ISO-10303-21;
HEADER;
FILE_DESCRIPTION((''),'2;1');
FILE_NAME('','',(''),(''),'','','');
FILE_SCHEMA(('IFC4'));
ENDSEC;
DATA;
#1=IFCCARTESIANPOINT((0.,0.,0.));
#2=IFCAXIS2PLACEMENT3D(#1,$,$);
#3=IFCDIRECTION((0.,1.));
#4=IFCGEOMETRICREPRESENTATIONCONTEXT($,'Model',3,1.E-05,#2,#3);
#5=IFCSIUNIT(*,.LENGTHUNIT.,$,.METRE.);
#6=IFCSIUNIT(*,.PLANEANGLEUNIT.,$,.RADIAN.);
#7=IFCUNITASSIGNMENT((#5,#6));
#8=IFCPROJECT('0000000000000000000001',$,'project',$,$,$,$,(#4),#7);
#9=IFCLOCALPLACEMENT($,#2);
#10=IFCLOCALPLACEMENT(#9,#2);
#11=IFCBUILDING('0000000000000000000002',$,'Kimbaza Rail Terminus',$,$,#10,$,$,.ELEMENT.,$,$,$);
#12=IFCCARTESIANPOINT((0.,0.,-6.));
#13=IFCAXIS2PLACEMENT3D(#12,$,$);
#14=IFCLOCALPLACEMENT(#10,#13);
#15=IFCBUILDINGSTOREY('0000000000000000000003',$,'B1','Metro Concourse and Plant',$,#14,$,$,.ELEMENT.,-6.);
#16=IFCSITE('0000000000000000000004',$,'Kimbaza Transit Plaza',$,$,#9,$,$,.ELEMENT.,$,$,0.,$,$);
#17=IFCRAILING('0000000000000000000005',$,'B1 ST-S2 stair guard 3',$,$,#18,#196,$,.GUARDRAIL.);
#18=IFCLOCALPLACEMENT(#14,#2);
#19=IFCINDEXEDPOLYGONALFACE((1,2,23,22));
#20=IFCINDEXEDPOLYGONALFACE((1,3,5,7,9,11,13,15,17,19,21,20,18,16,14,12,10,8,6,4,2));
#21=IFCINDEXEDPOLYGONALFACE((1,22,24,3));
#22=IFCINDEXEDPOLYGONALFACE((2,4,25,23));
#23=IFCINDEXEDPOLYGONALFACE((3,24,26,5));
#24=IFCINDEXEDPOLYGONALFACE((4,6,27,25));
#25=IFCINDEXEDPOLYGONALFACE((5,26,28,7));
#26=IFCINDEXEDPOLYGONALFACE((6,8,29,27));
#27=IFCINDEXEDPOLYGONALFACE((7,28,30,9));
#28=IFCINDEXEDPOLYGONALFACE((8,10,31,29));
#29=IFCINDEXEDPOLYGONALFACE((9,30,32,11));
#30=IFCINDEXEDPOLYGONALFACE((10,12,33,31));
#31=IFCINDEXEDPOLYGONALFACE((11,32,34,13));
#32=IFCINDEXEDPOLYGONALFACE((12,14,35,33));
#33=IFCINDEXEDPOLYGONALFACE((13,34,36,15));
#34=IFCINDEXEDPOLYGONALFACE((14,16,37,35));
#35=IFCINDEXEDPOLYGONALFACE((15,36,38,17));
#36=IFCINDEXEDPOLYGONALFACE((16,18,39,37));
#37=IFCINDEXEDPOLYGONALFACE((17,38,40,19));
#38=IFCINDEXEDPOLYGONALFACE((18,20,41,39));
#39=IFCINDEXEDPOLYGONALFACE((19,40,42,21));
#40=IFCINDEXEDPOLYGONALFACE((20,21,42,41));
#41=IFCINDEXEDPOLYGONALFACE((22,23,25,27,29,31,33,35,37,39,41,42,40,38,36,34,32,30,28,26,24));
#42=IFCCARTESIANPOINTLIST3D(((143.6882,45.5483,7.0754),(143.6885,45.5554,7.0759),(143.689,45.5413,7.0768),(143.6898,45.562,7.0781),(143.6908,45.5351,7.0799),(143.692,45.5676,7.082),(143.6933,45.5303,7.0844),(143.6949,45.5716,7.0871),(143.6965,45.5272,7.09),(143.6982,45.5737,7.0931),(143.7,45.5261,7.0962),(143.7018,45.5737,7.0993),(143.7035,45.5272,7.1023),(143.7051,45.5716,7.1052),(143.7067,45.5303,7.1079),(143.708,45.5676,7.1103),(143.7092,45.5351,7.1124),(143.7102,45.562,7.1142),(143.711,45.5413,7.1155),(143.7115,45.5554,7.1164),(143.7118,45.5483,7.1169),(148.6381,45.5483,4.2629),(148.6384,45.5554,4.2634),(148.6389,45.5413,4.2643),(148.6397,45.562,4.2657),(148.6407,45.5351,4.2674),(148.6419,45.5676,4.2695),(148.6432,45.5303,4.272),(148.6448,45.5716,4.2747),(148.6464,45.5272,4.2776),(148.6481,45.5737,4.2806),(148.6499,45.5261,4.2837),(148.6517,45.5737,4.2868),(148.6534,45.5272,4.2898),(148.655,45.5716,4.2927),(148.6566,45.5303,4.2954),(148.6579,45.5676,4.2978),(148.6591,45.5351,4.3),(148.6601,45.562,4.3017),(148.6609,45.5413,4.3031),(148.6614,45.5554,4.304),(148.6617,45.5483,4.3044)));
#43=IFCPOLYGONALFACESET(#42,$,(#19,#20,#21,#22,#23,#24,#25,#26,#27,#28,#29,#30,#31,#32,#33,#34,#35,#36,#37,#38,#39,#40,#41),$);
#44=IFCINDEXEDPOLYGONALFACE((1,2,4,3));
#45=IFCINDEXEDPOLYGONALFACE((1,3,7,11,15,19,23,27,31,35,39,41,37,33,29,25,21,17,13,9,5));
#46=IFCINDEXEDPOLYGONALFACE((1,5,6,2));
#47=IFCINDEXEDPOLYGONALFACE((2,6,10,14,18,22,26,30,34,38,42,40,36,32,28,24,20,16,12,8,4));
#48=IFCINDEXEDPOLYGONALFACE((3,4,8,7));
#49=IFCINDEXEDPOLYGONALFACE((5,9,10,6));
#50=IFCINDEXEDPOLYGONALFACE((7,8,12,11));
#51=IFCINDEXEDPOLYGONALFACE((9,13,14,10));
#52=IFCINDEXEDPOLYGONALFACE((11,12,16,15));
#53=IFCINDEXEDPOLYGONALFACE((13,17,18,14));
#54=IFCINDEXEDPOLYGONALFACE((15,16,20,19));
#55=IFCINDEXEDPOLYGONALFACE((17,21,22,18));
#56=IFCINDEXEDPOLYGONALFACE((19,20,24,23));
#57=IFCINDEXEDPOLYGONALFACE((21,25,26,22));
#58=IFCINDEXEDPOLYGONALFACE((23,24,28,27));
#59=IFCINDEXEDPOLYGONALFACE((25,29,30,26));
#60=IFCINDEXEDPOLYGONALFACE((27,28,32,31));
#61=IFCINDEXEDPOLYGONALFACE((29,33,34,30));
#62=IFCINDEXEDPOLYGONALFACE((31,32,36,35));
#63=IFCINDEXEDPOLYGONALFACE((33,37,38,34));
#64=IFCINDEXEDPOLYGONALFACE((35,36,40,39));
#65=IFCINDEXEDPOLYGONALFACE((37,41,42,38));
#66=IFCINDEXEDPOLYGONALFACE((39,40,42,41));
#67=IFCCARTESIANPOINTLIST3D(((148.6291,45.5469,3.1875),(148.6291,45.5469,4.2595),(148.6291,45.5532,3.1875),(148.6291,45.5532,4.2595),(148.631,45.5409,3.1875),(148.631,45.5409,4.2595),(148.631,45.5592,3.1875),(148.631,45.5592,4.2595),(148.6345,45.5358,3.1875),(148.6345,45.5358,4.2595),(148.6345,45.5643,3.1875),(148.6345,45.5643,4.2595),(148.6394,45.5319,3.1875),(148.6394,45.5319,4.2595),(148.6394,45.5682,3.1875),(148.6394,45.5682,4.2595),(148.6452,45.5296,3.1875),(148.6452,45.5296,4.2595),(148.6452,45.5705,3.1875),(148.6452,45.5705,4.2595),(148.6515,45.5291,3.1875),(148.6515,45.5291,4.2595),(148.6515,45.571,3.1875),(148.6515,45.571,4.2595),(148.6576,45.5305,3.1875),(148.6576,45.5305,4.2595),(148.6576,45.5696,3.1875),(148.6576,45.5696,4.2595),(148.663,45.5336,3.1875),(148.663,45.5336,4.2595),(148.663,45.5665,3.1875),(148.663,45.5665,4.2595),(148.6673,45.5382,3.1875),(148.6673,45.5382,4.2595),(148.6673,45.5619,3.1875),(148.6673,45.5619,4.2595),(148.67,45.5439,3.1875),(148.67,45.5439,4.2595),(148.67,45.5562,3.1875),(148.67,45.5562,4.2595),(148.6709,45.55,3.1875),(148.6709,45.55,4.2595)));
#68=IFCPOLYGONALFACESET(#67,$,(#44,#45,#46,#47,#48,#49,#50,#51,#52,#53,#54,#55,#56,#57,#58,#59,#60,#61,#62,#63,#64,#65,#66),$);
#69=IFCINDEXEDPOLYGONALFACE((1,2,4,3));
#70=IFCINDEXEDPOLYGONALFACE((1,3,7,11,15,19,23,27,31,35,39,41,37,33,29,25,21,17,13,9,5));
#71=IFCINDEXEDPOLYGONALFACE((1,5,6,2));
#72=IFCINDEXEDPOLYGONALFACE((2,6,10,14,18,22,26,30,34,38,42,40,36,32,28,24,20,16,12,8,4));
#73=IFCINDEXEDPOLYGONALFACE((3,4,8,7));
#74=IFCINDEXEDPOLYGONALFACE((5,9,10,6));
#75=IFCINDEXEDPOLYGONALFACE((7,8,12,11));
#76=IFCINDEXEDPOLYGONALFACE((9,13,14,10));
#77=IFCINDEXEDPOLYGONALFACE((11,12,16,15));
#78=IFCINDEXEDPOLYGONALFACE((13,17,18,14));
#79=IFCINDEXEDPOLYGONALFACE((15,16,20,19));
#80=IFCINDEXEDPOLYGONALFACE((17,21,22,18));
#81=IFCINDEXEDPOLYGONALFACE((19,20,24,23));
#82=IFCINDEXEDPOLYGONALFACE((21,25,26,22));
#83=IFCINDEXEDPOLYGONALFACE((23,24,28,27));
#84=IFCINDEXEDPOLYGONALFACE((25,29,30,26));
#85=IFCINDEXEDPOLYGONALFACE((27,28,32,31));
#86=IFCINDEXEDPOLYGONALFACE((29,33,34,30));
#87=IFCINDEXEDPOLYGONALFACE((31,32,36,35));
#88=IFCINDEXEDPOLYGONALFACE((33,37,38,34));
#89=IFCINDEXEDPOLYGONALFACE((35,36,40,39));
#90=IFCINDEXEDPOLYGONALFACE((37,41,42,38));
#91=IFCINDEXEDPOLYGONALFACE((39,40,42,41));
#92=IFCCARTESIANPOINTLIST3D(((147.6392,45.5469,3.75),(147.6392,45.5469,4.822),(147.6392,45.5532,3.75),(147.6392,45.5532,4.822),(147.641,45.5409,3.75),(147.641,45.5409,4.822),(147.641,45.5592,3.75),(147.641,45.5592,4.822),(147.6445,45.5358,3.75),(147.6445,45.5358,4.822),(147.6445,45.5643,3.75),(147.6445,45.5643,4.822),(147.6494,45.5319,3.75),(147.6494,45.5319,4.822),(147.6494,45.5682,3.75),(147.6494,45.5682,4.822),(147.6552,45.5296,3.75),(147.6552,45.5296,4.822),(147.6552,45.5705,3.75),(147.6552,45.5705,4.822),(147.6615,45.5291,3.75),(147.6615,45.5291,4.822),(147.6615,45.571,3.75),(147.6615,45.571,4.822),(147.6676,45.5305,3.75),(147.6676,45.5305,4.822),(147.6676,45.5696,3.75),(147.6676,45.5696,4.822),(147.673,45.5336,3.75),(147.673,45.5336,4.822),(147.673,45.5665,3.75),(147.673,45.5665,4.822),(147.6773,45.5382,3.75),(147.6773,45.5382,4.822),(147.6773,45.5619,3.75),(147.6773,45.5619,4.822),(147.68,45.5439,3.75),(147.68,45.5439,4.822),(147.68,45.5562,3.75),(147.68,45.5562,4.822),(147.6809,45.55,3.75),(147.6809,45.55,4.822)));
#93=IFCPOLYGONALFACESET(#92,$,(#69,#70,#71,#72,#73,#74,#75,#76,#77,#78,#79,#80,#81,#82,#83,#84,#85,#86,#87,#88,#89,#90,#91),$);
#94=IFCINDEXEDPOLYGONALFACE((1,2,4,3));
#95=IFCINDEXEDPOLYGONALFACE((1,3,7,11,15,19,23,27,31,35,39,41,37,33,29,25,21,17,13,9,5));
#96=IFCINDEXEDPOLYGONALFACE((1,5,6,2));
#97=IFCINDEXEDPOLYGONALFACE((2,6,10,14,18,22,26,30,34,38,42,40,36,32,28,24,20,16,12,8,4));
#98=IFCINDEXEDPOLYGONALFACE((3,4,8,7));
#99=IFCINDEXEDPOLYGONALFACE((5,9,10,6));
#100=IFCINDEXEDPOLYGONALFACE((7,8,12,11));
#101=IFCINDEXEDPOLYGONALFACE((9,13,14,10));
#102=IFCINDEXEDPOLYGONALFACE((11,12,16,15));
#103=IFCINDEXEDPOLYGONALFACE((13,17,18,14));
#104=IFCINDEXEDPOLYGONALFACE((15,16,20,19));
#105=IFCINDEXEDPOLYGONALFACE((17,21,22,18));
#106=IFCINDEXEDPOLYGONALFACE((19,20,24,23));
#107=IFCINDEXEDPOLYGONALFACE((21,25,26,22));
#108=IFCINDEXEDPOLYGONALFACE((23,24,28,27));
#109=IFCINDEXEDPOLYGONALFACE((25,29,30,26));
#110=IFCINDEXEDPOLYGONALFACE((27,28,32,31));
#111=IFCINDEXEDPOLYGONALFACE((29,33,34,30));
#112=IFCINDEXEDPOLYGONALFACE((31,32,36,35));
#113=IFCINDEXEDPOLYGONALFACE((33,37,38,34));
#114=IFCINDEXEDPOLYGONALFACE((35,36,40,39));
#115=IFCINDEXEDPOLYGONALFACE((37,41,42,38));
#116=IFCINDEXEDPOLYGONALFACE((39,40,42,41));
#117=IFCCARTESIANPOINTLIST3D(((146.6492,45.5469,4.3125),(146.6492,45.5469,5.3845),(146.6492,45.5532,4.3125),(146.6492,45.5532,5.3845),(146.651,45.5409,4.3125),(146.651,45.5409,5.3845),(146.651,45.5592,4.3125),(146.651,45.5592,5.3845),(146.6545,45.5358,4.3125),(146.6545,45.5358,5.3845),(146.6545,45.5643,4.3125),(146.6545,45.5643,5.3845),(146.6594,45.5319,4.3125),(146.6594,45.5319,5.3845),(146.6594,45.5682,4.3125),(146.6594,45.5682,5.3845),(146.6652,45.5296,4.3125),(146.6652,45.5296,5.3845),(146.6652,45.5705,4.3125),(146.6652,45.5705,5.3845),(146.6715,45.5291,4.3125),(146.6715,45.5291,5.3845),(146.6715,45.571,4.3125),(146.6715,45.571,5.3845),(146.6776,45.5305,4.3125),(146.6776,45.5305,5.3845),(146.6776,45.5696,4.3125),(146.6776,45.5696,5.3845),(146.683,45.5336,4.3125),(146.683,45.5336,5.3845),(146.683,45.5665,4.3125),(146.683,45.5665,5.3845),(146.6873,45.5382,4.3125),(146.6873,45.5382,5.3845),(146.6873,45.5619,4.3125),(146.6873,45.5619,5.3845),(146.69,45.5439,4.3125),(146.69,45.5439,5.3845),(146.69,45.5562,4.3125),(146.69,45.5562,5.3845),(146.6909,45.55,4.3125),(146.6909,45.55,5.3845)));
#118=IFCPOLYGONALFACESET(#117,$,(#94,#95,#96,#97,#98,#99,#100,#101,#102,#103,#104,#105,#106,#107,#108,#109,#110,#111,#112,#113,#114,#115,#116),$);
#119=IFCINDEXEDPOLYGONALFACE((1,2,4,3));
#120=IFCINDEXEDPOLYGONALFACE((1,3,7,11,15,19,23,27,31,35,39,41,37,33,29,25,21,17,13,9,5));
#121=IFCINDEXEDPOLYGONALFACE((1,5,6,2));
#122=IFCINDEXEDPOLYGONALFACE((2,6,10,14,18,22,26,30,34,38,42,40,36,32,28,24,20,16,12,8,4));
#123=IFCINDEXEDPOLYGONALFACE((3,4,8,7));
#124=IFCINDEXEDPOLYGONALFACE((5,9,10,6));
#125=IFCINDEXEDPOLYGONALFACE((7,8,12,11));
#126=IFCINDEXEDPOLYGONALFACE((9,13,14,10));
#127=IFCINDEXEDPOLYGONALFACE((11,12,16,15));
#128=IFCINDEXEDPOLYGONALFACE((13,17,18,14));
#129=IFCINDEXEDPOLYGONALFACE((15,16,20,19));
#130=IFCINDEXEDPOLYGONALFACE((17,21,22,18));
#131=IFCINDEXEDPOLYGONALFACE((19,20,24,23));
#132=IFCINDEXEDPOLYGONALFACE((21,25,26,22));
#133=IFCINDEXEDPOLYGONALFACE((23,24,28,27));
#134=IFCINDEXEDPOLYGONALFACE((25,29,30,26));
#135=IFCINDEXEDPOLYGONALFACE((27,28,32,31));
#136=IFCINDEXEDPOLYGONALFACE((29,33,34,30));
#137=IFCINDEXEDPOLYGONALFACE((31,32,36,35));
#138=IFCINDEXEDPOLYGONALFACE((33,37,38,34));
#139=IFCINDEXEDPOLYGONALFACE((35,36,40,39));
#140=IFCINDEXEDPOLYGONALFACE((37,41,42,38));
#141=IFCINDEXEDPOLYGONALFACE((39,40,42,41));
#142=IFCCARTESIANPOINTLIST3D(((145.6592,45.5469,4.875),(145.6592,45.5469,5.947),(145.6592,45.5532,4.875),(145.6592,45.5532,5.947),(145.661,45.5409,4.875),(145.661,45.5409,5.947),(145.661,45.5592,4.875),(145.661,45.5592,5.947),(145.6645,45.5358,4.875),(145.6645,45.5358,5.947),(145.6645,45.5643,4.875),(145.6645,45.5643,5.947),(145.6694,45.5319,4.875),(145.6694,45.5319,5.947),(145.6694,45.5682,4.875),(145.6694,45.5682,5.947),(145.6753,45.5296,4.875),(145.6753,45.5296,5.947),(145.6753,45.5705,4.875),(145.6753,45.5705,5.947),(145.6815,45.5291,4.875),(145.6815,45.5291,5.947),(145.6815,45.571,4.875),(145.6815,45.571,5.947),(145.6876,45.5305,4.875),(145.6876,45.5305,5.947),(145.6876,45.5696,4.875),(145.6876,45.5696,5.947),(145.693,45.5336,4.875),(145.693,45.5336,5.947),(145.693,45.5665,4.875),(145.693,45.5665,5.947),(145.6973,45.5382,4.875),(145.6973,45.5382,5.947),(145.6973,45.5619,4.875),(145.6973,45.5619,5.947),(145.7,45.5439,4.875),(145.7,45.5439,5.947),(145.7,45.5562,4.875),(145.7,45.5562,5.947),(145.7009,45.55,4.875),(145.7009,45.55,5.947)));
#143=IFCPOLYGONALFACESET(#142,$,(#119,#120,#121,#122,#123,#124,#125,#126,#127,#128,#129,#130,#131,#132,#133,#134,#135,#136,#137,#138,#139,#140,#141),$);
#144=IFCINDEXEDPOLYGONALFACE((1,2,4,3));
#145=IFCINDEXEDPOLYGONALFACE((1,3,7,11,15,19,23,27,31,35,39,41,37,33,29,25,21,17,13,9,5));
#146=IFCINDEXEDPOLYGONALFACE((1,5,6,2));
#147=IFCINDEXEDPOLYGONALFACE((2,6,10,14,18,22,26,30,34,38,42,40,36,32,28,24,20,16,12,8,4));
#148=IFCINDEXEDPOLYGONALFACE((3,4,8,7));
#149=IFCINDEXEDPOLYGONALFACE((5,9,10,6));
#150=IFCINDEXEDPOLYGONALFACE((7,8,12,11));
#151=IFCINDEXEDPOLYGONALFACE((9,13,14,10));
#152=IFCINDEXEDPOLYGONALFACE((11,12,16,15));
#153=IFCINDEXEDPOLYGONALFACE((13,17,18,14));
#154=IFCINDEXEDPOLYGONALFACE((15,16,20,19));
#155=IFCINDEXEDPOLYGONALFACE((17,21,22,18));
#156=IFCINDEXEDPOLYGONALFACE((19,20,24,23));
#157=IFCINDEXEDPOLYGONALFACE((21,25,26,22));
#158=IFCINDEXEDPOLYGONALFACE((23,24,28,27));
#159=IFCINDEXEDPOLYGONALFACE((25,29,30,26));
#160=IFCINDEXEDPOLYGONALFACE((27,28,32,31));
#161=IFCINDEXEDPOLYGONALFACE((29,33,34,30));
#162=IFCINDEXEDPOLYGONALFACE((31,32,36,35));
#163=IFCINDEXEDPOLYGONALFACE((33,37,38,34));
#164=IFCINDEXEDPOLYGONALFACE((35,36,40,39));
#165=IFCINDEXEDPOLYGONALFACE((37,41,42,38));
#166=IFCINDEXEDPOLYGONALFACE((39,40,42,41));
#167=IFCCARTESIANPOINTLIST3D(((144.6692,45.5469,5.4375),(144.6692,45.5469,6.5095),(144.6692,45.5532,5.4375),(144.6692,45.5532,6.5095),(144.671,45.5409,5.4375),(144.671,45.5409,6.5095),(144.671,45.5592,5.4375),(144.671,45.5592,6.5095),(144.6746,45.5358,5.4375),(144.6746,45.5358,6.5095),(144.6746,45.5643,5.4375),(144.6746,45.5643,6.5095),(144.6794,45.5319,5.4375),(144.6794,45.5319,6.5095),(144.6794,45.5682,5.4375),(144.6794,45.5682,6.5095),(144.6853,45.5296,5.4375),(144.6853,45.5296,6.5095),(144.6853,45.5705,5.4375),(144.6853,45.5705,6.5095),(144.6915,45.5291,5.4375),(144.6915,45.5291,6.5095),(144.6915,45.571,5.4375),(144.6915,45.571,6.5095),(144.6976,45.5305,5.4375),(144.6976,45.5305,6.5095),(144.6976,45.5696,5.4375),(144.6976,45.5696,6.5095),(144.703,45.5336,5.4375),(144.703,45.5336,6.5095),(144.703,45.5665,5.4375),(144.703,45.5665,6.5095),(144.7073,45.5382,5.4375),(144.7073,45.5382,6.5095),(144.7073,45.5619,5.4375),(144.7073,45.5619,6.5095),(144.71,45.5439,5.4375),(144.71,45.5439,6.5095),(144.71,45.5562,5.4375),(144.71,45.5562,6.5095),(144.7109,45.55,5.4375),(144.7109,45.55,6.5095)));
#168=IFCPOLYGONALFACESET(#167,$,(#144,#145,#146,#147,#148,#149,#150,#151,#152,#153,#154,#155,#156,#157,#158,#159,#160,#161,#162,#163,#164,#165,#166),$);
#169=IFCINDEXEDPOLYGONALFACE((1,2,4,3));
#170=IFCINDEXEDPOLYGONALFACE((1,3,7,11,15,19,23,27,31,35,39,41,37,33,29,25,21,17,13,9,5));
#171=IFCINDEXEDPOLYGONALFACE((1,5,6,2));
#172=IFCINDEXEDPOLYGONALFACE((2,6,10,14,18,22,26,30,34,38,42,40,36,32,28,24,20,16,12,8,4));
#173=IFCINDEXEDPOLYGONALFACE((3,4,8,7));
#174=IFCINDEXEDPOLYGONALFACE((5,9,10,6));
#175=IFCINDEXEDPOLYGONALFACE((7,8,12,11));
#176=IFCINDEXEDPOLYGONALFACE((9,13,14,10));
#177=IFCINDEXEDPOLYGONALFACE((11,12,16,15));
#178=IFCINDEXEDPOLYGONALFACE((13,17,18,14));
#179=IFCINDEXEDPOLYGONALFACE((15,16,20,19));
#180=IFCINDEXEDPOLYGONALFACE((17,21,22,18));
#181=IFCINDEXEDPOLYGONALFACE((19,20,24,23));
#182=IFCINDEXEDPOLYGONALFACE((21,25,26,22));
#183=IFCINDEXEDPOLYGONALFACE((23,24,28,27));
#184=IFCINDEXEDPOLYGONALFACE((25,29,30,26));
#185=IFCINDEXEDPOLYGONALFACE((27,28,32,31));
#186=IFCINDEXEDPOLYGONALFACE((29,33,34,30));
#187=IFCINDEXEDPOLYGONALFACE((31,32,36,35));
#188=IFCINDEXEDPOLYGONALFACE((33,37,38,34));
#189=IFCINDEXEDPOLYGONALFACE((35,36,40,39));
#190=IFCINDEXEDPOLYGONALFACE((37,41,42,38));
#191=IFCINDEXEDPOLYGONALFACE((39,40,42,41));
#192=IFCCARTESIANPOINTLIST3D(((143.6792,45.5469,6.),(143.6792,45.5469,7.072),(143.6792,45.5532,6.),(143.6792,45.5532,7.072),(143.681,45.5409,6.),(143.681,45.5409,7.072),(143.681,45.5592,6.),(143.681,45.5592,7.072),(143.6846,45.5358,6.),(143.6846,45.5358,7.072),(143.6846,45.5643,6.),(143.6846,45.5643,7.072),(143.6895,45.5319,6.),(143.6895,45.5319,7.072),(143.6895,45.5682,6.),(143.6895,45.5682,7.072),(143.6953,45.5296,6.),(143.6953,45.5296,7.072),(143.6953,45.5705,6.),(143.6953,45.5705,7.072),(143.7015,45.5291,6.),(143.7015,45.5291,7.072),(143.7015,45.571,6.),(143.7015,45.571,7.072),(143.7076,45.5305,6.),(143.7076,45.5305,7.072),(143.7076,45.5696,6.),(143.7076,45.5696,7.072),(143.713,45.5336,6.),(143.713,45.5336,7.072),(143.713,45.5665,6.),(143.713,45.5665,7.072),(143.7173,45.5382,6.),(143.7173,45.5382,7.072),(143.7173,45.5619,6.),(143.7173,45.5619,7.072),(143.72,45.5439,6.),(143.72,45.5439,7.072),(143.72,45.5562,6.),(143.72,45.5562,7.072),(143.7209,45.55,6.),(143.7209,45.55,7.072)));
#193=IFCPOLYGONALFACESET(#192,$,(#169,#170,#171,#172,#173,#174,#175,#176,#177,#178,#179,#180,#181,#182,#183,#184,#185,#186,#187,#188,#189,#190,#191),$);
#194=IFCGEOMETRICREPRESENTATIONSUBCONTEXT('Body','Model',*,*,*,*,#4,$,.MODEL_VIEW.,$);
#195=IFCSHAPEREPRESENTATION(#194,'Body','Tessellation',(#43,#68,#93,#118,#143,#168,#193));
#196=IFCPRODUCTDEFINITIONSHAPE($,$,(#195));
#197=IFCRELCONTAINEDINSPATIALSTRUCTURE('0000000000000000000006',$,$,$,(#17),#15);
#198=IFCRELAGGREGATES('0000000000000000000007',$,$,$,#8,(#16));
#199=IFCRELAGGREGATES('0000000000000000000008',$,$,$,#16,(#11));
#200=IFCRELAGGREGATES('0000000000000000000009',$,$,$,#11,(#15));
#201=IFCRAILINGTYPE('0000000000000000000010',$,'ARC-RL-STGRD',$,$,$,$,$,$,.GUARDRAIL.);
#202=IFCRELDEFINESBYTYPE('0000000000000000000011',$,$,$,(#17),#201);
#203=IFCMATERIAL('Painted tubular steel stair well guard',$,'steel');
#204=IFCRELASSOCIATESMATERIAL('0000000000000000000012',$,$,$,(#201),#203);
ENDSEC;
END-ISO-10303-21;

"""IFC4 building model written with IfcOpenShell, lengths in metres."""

from ifc_helpers import new_model, si_unit, direction, frame, origin, origin_2d, place, context, subcontext, project, spatial, circle, extrude, material, type_object, element, save


model = new_model("IFC4")

# Units and contexts
model_context = context("Model", 3, precision=1e-05, world=origin(), true_north=direction((0.0, 1.0)))
body_context = subcontext(model_context, "Body", "Model", "MODEL_VIEW")
ifc_project = project(units=[si_unit("LENGTHUNIT", "METRE"), si_unit("PLANEANGLEUNIT", "RADIAN")], contexts=[model_context])

# Site, building, storey
site_placement = place(None, origin())
site = spatial("IfcSite", under=ifc_project, at=site_placement, Name="Kimbaza Transit Plaza", CompositionType="ELEMENT", RefElevation=0.0)
building_placement = place(site_placement, origin())
building = spatial("IfcBuilding", under=site, at=building_placement, Name="Kimbaza Rail Terminus", CompositionType="ELEMENT")
storey_placement = place(building_placement, frame((0.0, 0.0, -6.0)))
storey = spatial("IfcBuildingStorey", under=building, at=storey_placement, Name="B1", Description="Metro Concourse and Plant", CompositionType="ELEMENT", Elevation=-6.0)

# Railing
ifc_material_1 = material(Name="Painted tubular steel stair well guard", Category="steel")
railing_type_1 = type_object("IfcRailingType", Name="ARC-RL-STGRD", PredefinedType="GUARDRAIL", material=ifc_material_1)
railing_1_placement = place(storey_placement, frame((148.6499, 45.55, 3.1875)))
element("IfcRailing", 1, at=railing_1_placement, inside=storey, type_object=railing_type_1, Name="B1 ST-S2 stair guard 3", PredefinedType="GUARDRAIL", context=body_context, shape_type="SweptSolid", body=[
    extrude(circle(Radius=0.0239, at=origin_2d()), frame((0.0, 0.0, 1.0962), z_axis=(-0.869454, 0.0, 0.494013), x_axis=(0.0, -1.0, 0.0)), (0.0, 0.0, 1.0), 5.6931),
    extrude(circle(Radius=0.021, at=origin_2d()), origin(), (0.0, 0.0, 1.0), 1.072),
    extrude(circle(Radius=0.021, at=origin_2d()), frame((-0.99, 0.0, 0.5625)), (0.0, 0.0, 1.0), 1.072),
    extrude(circle(Radius=0.021, at=origin_2d()), frame((-1.98, 0.0, 1.125)), (0.0, 0.0, 1.0), 1.072),
    extrude(circle(Radius=0.021, at=origin_2d()), frame((-2.97, 0.0, 1.6875)), (0.0, 0.0, 1.0), 1.072),
    extrude(circle(Radius=0.021, at=origin_2d()), frame((-3.96, 0.0, 2.25)), (0.0, 0.0, 1.0), 1.072),
    extrude(circle(Radius=0.021, at=origin_2d()), frame((-4.95, 0.0, 2.8125)), (0.0, 0.0, 1.0), 1.072),
])

save(model, "model.ifc")
